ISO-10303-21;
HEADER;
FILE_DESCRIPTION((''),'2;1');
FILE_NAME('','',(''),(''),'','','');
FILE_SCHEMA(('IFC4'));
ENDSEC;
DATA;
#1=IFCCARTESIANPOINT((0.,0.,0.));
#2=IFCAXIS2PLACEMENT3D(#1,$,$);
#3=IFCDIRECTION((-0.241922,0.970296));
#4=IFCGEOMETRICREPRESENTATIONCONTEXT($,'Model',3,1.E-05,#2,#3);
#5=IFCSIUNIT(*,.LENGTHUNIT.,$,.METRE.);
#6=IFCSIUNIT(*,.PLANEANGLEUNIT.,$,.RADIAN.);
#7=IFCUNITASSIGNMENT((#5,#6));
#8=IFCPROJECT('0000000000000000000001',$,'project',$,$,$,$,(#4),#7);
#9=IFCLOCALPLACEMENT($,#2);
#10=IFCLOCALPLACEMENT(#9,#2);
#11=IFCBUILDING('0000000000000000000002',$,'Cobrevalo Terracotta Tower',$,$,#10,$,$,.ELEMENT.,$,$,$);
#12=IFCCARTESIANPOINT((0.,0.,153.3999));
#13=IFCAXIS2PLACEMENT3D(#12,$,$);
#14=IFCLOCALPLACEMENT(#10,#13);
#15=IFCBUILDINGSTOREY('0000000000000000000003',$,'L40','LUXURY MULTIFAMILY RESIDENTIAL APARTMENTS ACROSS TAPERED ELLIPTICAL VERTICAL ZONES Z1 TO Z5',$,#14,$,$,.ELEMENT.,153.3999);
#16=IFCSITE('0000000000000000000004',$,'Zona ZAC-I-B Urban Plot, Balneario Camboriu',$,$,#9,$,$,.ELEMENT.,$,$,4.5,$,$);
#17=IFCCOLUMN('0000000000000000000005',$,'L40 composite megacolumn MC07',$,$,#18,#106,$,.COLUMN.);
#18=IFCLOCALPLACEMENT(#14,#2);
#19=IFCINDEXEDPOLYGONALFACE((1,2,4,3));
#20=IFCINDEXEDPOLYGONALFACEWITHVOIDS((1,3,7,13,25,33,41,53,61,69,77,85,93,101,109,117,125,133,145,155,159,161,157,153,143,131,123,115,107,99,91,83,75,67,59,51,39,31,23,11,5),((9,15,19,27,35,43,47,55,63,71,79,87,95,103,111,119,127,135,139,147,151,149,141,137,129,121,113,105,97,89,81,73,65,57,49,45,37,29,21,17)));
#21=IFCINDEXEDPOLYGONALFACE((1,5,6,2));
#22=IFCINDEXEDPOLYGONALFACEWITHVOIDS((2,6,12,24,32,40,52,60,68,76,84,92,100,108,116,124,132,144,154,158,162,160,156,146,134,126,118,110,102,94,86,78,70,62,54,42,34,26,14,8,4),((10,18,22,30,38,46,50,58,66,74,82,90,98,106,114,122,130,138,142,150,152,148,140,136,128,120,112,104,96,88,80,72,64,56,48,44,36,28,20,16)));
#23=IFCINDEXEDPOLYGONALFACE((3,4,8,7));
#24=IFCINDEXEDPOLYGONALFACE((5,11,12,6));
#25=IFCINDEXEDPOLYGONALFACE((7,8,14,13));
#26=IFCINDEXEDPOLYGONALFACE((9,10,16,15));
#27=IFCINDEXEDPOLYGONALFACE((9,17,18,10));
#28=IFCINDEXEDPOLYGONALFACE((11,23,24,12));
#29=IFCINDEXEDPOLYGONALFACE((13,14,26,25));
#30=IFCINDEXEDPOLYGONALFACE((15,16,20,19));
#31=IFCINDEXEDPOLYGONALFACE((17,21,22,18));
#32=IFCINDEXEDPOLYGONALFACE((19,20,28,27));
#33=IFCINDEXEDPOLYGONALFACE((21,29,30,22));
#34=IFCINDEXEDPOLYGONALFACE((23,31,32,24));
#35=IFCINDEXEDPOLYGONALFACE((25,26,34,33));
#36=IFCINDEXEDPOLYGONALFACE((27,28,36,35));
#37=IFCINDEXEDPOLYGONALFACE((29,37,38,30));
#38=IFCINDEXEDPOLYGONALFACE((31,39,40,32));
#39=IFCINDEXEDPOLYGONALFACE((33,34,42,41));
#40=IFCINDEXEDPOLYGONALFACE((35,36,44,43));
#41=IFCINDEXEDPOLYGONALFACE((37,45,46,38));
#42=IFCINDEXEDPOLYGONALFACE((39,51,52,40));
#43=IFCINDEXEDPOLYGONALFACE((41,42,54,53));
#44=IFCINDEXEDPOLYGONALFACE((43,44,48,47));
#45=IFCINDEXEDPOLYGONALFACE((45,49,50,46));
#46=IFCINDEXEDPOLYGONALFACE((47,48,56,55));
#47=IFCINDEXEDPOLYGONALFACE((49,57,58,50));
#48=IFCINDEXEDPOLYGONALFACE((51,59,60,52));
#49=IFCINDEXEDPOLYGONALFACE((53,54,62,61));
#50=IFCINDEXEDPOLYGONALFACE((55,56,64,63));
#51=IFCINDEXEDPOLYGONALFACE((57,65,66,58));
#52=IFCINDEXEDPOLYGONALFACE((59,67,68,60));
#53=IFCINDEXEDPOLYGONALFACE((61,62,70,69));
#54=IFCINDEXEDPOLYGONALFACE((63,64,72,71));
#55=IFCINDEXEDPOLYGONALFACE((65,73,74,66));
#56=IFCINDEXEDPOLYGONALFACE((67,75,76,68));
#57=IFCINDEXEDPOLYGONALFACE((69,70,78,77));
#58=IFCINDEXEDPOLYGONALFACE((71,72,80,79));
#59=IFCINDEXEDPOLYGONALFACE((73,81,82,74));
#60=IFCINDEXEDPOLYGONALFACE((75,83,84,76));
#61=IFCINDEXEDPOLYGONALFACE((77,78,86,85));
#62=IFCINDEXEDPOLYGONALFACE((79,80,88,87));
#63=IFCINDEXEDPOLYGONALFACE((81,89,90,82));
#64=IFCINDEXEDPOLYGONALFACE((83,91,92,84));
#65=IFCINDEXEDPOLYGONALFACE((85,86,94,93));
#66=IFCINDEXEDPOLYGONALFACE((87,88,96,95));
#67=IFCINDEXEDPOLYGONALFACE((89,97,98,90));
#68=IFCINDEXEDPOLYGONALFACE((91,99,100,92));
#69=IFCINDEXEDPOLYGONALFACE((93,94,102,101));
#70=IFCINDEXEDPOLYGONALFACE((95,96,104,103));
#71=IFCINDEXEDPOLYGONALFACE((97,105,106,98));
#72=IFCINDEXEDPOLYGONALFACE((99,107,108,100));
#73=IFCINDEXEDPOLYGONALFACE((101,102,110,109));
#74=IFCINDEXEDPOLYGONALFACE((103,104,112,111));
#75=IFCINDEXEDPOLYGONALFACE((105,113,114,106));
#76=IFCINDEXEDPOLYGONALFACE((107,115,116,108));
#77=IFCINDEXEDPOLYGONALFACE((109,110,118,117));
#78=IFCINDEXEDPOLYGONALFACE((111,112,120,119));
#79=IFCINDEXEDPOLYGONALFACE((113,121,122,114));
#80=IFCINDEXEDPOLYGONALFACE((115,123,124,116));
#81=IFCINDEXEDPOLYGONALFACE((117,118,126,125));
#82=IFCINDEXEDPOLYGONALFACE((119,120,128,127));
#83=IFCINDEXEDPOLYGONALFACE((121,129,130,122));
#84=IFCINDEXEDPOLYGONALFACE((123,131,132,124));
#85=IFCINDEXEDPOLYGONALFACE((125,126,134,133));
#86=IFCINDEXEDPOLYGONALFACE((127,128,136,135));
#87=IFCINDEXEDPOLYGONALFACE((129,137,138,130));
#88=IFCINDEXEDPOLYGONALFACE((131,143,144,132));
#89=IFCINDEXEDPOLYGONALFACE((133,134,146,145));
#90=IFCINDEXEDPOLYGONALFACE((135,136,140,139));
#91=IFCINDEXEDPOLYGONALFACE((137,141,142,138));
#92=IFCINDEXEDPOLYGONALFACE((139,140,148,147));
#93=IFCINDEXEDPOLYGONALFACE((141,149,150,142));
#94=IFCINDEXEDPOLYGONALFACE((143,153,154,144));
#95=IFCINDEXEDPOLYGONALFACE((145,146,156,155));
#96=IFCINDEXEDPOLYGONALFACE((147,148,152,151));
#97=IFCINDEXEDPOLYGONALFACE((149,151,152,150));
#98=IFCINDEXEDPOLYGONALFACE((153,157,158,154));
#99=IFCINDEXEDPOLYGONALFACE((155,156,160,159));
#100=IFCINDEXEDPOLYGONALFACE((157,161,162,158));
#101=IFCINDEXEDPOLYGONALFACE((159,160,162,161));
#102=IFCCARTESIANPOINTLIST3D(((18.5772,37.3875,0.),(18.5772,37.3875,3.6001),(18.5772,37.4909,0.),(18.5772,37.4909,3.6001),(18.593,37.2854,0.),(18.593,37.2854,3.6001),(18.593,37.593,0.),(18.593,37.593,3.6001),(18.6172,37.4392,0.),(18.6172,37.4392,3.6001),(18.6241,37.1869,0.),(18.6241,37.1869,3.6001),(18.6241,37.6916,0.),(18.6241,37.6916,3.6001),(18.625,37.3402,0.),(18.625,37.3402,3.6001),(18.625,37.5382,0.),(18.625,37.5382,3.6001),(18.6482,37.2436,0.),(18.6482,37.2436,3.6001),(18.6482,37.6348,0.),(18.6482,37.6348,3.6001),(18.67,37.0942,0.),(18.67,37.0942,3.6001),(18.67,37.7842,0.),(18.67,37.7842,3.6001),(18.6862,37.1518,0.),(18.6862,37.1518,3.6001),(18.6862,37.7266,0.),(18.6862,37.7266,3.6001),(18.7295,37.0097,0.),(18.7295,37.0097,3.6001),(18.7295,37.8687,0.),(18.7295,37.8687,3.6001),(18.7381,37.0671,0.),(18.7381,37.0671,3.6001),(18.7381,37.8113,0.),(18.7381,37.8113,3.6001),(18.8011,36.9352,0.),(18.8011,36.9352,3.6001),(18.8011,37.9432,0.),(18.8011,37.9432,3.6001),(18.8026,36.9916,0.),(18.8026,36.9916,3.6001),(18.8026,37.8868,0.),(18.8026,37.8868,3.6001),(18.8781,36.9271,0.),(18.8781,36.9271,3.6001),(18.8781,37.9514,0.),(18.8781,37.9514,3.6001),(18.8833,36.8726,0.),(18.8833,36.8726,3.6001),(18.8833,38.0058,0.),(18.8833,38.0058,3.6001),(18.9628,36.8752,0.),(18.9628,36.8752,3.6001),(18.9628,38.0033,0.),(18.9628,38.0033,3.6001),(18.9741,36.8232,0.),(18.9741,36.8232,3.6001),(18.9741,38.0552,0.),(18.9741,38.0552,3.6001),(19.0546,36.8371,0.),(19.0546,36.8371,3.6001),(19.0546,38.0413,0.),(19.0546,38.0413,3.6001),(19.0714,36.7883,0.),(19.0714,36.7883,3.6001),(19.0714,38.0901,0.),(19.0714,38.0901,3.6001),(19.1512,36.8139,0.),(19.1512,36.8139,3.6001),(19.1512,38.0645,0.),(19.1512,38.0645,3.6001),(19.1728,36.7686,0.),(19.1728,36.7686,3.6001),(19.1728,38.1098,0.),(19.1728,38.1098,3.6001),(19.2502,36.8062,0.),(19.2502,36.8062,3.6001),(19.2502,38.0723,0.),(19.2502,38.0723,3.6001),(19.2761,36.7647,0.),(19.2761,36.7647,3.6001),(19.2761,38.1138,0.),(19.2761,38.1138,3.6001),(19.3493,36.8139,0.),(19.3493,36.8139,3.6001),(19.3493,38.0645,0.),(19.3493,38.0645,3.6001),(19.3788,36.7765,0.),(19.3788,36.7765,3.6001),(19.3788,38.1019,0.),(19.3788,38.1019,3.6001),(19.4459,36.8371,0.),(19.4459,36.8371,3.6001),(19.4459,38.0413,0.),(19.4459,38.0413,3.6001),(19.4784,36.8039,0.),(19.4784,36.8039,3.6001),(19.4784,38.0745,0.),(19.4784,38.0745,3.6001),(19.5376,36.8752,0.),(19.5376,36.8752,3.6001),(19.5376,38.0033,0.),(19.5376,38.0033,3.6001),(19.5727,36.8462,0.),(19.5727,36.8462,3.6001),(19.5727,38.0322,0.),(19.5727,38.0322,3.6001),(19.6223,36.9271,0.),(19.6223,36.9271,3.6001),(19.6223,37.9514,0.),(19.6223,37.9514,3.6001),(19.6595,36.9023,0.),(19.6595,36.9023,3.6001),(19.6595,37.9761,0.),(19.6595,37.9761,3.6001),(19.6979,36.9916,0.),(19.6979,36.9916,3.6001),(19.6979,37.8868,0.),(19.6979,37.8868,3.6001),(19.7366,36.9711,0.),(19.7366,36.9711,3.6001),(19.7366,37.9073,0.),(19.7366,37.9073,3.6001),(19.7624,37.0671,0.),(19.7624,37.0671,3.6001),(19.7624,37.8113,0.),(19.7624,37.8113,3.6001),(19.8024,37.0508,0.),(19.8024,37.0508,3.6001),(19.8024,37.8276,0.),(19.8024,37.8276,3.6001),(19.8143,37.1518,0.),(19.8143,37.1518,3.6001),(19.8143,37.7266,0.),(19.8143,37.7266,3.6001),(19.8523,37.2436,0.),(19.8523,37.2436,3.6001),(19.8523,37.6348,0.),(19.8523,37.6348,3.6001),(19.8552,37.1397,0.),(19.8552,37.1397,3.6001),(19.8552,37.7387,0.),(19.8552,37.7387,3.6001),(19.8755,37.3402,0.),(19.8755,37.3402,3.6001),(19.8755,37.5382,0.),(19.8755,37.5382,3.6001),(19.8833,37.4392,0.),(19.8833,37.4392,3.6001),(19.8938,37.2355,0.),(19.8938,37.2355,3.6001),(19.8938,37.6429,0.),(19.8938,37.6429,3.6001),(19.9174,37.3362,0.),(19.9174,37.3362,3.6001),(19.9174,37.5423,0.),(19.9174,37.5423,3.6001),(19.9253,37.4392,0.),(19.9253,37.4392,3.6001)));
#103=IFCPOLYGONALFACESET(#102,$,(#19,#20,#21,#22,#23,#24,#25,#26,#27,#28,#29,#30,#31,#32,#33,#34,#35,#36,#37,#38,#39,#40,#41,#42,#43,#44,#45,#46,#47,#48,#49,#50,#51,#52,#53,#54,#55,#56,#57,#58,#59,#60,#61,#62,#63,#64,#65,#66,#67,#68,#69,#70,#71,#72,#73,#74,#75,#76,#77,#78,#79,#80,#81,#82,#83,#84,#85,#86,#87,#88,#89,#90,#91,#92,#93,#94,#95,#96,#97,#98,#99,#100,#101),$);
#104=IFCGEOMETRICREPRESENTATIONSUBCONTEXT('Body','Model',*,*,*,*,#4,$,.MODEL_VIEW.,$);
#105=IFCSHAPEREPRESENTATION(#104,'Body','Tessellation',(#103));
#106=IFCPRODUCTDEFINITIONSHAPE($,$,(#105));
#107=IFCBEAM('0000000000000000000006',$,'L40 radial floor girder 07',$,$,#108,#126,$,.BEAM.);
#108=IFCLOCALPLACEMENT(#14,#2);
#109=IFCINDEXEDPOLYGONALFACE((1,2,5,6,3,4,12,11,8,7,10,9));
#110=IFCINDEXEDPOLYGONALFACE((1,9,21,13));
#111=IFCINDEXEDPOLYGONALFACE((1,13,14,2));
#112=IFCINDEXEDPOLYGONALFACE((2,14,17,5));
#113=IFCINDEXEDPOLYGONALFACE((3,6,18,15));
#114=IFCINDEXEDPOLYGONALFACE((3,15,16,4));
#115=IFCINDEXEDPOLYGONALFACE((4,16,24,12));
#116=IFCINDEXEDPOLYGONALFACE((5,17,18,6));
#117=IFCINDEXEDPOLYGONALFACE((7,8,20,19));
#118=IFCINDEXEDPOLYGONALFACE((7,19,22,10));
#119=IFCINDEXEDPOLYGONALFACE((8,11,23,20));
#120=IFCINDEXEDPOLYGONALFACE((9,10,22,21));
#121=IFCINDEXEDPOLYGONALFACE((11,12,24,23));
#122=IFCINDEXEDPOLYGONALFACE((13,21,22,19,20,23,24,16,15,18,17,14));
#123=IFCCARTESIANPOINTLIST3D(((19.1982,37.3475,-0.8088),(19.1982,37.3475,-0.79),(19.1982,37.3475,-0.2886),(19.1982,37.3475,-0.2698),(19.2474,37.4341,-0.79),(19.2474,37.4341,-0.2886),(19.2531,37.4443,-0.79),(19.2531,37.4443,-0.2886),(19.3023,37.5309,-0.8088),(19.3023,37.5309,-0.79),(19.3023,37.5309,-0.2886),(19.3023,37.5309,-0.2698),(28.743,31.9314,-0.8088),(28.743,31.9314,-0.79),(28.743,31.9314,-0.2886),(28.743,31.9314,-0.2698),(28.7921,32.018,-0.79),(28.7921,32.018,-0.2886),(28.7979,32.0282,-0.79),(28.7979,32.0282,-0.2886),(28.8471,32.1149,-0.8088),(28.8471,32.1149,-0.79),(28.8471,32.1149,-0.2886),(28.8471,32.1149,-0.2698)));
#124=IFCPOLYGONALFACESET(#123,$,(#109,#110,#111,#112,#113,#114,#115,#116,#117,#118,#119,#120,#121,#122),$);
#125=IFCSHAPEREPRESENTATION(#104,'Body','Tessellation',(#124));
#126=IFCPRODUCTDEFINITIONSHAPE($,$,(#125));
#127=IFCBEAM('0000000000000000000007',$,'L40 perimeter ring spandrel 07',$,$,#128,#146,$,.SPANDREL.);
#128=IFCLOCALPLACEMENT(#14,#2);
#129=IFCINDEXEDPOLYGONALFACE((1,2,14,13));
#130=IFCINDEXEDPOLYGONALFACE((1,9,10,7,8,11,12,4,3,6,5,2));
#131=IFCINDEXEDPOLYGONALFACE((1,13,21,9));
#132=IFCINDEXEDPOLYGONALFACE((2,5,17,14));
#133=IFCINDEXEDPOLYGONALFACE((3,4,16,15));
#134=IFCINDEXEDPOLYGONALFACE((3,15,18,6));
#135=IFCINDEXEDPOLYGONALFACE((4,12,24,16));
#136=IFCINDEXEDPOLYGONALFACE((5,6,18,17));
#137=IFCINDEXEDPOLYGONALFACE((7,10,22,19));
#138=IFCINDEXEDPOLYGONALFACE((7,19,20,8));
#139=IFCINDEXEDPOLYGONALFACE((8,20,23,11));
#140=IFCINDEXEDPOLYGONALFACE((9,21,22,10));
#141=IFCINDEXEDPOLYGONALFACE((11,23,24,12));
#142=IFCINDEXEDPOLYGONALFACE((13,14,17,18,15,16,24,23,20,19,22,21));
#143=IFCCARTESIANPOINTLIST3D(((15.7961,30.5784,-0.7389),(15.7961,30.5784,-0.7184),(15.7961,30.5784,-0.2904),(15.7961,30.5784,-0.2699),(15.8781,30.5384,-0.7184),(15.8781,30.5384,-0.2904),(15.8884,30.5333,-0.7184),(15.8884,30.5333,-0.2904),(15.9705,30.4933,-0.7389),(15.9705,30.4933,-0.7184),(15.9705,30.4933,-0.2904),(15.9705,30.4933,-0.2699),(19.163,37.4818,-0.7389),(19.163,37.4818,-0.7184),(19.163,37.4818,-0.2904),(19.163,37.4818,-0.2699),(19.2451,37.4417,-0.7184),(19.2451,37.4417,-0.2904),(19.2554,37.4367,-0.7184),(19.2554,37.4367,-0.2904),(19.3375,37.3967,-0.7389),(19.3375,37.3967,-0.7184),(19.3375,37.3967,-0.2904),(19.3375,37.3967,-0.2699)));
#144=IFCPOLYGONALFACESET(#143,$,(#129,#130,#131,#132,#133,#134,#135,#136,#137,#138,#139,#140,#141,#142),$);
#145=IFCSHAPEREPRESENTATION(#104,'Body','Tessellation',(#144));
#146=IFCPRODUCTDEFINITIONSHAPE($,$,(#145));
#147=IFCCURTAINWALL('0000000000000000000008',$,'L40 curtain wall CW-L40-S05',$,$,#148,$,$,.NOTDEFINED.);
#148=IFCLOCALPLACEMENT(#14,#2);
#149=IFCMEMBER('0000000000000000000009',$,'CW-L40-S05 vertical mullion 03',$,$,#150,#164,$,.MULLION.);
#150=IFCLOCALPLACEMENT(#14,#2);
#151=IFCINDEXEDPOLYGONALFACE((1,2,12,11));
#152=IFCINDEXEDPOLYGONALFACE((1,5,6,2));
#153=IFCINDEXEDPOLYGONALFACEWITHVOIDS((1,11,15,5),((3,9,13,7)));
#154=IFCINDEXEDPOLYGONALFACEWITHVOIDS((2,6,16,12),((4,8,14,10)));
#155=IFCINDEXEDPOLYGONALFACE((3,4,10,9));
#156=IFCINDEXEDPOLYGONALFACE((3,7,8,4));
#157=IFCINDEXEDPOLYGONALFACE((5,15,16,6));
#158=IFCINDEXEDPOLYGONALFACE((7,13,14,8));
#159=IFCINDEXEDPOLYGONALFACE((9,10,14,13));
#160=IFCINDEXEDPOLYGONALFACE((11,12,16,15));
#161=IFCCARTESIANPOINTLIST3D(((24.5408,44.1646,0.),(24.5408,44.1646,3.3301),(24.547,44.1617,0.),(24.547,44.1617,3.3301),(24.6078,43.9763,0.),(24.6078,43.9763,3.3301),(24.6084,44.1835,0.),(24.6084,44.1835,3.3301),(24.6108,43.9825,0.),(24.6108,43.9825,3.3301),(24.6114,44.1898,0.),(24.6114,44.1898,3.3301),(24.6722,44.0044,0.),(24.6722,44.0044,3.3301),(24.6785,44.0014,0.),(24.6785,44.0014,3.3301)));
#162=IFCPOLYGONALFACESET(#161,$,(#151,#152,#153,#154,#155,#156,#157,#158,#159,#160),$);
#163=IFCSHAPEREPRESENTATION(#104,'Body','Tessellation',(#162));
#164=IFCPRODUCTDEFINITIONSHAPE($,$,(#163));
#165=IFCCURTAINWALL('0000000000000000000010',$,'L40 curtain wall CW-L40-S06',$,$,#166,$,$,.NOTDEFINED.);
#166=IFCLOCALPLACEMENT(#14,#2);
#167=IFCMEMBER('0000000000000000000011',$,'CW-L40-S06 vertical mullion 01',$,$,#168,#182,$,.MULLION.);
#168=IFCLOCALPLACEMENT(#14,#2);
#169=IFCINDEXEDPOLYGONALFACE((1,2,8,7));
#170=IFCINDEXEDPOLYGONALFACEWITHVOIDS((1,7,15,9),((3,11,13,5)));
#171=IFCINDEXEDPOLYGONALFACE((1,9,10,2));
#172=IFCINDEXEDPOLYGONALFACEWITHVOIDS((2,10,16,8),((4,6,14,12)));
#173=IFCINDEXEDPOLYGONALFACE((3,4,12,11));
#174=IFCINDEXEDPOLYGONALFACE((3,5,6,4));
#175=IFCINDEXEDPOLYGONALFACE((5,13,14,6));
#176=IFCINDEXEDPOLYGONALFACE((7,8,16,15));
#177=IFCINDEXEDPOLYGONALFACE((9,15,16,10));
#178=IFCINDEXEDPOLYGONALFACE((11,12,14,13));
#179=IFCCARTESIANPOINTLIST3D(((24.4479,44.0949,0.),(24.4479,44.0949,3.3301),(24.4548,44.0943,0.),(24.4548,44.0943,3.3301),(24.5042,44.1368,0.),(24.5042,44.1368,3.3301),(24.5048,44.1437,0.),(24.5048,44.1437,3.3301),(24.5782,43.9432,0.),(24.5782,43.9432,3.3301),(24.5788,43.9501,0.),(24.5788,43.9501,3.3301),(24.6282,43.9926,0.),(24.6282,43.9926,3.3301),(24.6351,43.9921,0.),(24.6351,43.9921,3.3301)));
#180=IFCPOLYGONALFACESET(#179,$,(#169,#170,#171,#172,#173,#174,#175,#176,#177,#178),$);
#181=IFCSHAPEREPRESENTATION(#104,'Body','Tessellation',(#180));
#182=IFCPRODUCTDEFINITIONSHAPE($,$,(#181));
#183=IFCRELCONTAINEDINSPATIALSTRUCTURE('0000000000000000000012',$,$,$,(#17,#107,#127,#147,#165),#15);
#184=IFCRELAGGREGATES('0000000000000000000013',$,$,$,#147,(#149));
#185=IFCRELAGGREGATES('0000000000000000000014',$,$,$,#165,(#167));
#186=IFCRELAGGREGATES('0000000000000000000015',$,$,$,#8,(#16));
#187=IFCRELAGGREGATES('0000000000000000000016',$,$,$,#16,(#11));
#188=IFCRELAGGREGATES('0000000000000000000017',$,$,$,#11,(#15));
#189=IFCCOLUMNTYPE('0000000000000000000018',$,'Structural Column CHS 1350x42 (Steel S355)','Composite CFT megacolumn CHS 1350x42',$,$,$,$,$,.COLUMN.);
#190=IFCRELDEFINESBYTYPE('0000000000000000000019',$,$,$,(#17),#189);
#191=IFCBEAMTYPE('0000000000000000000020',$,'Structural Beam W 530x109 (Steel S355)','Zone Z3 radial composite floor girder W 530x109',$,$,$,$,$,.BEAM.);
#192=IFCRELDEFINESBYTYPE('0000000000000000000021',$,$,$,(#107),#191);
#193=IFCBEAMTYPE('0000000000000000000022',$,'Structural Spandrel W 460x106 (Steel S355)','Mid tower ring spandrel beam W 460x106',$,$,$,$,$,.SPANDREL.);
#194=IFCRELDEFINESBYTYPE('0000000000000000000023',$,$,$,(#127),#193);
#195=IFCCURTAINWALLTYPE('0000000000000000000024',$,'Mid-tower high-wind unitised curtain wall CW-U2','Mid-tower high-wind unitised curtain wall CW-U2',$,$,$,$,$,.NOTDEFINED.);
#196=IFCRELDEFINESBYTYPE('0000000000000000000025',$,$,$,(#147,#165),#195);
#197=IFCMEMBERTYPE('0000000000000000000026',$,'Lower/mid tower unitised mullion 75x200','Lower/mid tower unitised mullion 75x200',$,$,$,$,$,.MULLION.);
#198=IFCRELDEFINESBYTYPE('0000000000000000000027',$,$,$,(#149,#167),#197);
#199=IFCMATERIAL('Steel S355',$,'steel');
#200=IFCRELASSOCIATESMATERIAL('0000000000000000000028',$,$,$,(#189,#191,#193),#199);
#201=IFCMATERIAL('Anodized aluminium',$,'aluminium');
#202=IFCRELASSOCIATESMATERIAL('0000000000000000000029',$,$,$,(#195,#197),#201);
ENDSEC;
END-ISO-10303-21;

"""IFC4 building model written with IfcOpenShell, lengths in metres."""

from ifc_helpers import new_model, si_unit, direction, frame, origin, origin_2d, place, context, subcontext, project, spatial, hollow_rectangle, hollow_circle, i_section, extrude, source, transform, mapped, material, material_profile, profile_set, type_object, element, aggregate, save


model = new_model("IFC4")

# Units and contexts
model_context = context("Model", 3, precision=1e-05, world=origin(), true_north=direction((-0.241922, 0.970296)))
body_context = subcontext(model_context, "Body", "Model", "MODEL_VIEW")
ifc_project = project(units=[si_unit("LENGTHUNIT", "METRE"), si_unit("PLANEANGLEUNIT", "RADIAN")], contexts=[model_context])

# Site, building, storey
site_placement = place(None, origin())
site = spatial("IfcSite", under=ifc_project, at=site_placement, Name="Zona ZAC-I-B Urban Plot, Balneario Camboriu", CompositionType="ELEMENT", RefElevation=4.5)
building_placement = place(site_placement, origin())
building = spatial("IfcBuilding", under=site, at=building_placement, Name="Cobrevalo Terracotta Tower", CompositionType="ELEMENT")
storey_placement = place(building_placement, frame((0.0, 0.0, 153.3999)))
storey = spatial("IfcBuildingStorey", under=building, at=storey_placement, Name="L40", Description="LUXURY MULTIFAMILY RESIDENTIAL APARTMENTS ACROSS TAPERED ELLIPTICAL VERTICAL ZONES Z1 TO Z5", CompositionType="ELEMENT", Elevation=153.3999)

# Column
ifc_material_1 = material(Name="Steel S355", Category="steel")
ifc_material_profile_1 = material_profile(ifc_material_1, hollow_circle(Radius=0.675, WallThickness=0.042, at=origin_2d()), Name="CHS 1350x42")
ifc_profile_set_1 = profile_set([ifc_material_profile_1], Name="Steel S355")
column_type = type_object("IfcColumnType", Name="Structural Column CHS 1350x42 (Steel S355)", Description="Composite CFT megacolumn CHS 1350x42", PredefinedType="COLUMN", material=ifc_profile_set_1)
column_placement = place(storey_placement, frame((19.2502, 37.4392, 0.0), z_axis=(0.0, 0.0, 1.0), x_axis=(1.0, 0.0, 0.0)))
element("IfcColumn", 1, at=column_placement, inside=storey, type_object=column_type, Name="L40 composite megacolumn MC07", PredefinedType="COLUMN", context=body_context, shape_type="SweptSolid", body=[
    extrude(hollow_circle(Radius=0.675, WallThickness=0.042, at=origin_2d()), origin(), (0.0, 0.0, 1.0), 3.6001),
])

# Beams
ifc_material_profile_2 = material_profile(ifc_material_1, i_section(OverallWidth=0.2109, OverallDepth=0.5391, WebThickness=0.0117, FlangeThickness=0.0188, at=origin_2d()), Name="W 530x109")
ifc_profile_set_2 = profile_set([ifc_material_profile_2], Name="Steel S355")
beam_type_1 = type_object("IfcBeamType", Name="Structural Beam W 530x109 (Steel S355)", Description="Zone Z3 radial composite floor girder W 530x109", PredefinedType="BEAM", material=ifc_profile_set_2)
beam_1_placement = place(storey_placement, frame((19.2502, 37.4392, -0.5393), z_axis=(0.869734, -0.49352, 0.0), x_axis=(0.49352, 0.869734, 0.0)))
element("IfcBeam", 2, at=beam_1_placement, inside=storey, type_object=beam_type_1, Name="L40 radial floor girder 07", PredefinedType="BEAM", context=body_context, shape_type="SweptSolid", body=[
    extrude(i_section(OverallWidth=0.2109, OverallDepth=0.5391, WebThickness=0.0117, FlangeThickness=0.0188, at=origin_2d()), origin(), (0.0, 0.0, 1.0), 10.9744),
])
ifc_material_profile_3 = material_profile(ifc_material_1, i_section(OverallWidth=0.1941, OverallDepth=0.469, WebThickness=0.0115, FlangeThickness=0.0205, at=origin_2d()), Name="W 460x106")
ifc_profile_set_3 = profile_set([ifc_material_profile_3], Name="Steel S355")
beam_type_2 = type_object("IfcBeamType", Name="Structural Spandrel W 460x106 (Steel S355)", Description="Mid tower ring spandrel beam W 460x106", PredefinedType="SPANDREL", material=ifc_profile_set_3)
beam_2_placement = place(storey_placement, frame((19.2502, 37.4392, -0.5044), z_axis=(-0.438368, -0.898796, 0.0), x_axis=(0.898796, -0.438368, 0.0)))
element("IfcBeam", 3, at=beam_2_placement, inside=storey, type_object=beam_type_2, Name="L40 perimeter ring spandrel 07", PredefinedType="SPANDREL", context=body_context, shape_type="SweptSolid", body=[
    extrude(i_section(OverallWidth=0.1941, OverallDepth=0.469, WebThickness=0.0115, FlangeThickness=0.0205, at=origin_2d()), origin(), (0.0, 0.0, 1.0), 7.6807),
])

# Curtain wall, member
ifc_material_2 = material(Name="Anodized aluminium", Category="aluminium")
curtain_wall_type = type_object("IfcCurtainWallType", Name="Mid-tower high-wind unitised curtain wall CW-U2", Description="Mid-tower high-wind unitised curtain wall CW-U2", PredefinedType="NOTDEFINED", material=ifc_material_2)
curtain_wall_1_placement = place(storey_placement, origin())
curtain_wall_1 = element("IfcCurtainWall", 4, at=curtain_wall_1_placement, inside=storey, type_object=curtain_wall_type, Name="L40 curtain wall CW-L40-S05", PredefinedType="NOTDEFINED")
ifc_material_profile_4 = material_profile(ifc_material_2, hollow_rectangle(XDim=0.075, YDim=0.2, WallThickness=0.0049, at=origin_2d()), Name="CWM 75x200")
ifc_profile_set_4 = profile_set([ifc_material_profile_4], Name="Anodized aluminium")
member_type_1 = type_object("IfcMemberType", Name="Lower/mid tower unitised mullion 75x200", Description="Lower/mid tower unitised mullion 75x200", PredefinedType="MULLION", material=ifc_profile_set_4)
shared_shape_1 = source(origin(), body_context, "Body", "SweptSolid", [
    extrude(hollow_rectangle(XDim=0.075, YDim=0.2, WallThickness=0.0049, at=origin_2d()), origin(), (0.0, 0.0, 1.0), 3.3301),
])
member_1_placement = place(storey_placement, frame((24.6096, 44.083, 0.0), z_axis=(0.0, 0.0, 1.0), x_axis=(-0.942098, -0.335336, 0.0)))
member_1 = element("IfcMember", 5, at=member_1_placement, type_object=member_type_1, Name="CW-L40-S05 vertical mullion 03", PredefinedType="MULLION", context=body_context, shape_type="MappedRepresentation", body=[
    mapped(shared_shape_1, transform((0.0, 0.0, 0.0), scale=1.0)),
])
aggregate(curtain_wall_1, [member_1])

# Curtain wall, member
curtain_wall_2_placement = place(storey_placement, origin())
curtain_wall_2 = element("IfcCurtainWall", 6, at=curtain_wall_2_placement, inside=storey, type_object=curtain_wall_type, Name="L40 curtain wall CW-L40-S06", PredefinedType="NOTDEFINED")
member_2_placement = place(storey_placement, frame((24.5415, 44.0435, 0.0), z_axis=(0.0, 0.0, 1.0), x_axis=(-0.758442, -0.651741, 0.0)))
member_2 = element("IfcMember", 7, at=member_2_placement, type_object=member_type_1, Name="CW-L40-S06 vertical mullion 01", PredefinedType="MULLION", context=body_context, shape_type="MappedRepresentation", body=[
    mapped(shared_shape_1, transform((0.0, 0.0, 0.0), scale=1.0)),
])

aggregate(curtain_wall_2, [member_2])

save(model, "model.ifc")
